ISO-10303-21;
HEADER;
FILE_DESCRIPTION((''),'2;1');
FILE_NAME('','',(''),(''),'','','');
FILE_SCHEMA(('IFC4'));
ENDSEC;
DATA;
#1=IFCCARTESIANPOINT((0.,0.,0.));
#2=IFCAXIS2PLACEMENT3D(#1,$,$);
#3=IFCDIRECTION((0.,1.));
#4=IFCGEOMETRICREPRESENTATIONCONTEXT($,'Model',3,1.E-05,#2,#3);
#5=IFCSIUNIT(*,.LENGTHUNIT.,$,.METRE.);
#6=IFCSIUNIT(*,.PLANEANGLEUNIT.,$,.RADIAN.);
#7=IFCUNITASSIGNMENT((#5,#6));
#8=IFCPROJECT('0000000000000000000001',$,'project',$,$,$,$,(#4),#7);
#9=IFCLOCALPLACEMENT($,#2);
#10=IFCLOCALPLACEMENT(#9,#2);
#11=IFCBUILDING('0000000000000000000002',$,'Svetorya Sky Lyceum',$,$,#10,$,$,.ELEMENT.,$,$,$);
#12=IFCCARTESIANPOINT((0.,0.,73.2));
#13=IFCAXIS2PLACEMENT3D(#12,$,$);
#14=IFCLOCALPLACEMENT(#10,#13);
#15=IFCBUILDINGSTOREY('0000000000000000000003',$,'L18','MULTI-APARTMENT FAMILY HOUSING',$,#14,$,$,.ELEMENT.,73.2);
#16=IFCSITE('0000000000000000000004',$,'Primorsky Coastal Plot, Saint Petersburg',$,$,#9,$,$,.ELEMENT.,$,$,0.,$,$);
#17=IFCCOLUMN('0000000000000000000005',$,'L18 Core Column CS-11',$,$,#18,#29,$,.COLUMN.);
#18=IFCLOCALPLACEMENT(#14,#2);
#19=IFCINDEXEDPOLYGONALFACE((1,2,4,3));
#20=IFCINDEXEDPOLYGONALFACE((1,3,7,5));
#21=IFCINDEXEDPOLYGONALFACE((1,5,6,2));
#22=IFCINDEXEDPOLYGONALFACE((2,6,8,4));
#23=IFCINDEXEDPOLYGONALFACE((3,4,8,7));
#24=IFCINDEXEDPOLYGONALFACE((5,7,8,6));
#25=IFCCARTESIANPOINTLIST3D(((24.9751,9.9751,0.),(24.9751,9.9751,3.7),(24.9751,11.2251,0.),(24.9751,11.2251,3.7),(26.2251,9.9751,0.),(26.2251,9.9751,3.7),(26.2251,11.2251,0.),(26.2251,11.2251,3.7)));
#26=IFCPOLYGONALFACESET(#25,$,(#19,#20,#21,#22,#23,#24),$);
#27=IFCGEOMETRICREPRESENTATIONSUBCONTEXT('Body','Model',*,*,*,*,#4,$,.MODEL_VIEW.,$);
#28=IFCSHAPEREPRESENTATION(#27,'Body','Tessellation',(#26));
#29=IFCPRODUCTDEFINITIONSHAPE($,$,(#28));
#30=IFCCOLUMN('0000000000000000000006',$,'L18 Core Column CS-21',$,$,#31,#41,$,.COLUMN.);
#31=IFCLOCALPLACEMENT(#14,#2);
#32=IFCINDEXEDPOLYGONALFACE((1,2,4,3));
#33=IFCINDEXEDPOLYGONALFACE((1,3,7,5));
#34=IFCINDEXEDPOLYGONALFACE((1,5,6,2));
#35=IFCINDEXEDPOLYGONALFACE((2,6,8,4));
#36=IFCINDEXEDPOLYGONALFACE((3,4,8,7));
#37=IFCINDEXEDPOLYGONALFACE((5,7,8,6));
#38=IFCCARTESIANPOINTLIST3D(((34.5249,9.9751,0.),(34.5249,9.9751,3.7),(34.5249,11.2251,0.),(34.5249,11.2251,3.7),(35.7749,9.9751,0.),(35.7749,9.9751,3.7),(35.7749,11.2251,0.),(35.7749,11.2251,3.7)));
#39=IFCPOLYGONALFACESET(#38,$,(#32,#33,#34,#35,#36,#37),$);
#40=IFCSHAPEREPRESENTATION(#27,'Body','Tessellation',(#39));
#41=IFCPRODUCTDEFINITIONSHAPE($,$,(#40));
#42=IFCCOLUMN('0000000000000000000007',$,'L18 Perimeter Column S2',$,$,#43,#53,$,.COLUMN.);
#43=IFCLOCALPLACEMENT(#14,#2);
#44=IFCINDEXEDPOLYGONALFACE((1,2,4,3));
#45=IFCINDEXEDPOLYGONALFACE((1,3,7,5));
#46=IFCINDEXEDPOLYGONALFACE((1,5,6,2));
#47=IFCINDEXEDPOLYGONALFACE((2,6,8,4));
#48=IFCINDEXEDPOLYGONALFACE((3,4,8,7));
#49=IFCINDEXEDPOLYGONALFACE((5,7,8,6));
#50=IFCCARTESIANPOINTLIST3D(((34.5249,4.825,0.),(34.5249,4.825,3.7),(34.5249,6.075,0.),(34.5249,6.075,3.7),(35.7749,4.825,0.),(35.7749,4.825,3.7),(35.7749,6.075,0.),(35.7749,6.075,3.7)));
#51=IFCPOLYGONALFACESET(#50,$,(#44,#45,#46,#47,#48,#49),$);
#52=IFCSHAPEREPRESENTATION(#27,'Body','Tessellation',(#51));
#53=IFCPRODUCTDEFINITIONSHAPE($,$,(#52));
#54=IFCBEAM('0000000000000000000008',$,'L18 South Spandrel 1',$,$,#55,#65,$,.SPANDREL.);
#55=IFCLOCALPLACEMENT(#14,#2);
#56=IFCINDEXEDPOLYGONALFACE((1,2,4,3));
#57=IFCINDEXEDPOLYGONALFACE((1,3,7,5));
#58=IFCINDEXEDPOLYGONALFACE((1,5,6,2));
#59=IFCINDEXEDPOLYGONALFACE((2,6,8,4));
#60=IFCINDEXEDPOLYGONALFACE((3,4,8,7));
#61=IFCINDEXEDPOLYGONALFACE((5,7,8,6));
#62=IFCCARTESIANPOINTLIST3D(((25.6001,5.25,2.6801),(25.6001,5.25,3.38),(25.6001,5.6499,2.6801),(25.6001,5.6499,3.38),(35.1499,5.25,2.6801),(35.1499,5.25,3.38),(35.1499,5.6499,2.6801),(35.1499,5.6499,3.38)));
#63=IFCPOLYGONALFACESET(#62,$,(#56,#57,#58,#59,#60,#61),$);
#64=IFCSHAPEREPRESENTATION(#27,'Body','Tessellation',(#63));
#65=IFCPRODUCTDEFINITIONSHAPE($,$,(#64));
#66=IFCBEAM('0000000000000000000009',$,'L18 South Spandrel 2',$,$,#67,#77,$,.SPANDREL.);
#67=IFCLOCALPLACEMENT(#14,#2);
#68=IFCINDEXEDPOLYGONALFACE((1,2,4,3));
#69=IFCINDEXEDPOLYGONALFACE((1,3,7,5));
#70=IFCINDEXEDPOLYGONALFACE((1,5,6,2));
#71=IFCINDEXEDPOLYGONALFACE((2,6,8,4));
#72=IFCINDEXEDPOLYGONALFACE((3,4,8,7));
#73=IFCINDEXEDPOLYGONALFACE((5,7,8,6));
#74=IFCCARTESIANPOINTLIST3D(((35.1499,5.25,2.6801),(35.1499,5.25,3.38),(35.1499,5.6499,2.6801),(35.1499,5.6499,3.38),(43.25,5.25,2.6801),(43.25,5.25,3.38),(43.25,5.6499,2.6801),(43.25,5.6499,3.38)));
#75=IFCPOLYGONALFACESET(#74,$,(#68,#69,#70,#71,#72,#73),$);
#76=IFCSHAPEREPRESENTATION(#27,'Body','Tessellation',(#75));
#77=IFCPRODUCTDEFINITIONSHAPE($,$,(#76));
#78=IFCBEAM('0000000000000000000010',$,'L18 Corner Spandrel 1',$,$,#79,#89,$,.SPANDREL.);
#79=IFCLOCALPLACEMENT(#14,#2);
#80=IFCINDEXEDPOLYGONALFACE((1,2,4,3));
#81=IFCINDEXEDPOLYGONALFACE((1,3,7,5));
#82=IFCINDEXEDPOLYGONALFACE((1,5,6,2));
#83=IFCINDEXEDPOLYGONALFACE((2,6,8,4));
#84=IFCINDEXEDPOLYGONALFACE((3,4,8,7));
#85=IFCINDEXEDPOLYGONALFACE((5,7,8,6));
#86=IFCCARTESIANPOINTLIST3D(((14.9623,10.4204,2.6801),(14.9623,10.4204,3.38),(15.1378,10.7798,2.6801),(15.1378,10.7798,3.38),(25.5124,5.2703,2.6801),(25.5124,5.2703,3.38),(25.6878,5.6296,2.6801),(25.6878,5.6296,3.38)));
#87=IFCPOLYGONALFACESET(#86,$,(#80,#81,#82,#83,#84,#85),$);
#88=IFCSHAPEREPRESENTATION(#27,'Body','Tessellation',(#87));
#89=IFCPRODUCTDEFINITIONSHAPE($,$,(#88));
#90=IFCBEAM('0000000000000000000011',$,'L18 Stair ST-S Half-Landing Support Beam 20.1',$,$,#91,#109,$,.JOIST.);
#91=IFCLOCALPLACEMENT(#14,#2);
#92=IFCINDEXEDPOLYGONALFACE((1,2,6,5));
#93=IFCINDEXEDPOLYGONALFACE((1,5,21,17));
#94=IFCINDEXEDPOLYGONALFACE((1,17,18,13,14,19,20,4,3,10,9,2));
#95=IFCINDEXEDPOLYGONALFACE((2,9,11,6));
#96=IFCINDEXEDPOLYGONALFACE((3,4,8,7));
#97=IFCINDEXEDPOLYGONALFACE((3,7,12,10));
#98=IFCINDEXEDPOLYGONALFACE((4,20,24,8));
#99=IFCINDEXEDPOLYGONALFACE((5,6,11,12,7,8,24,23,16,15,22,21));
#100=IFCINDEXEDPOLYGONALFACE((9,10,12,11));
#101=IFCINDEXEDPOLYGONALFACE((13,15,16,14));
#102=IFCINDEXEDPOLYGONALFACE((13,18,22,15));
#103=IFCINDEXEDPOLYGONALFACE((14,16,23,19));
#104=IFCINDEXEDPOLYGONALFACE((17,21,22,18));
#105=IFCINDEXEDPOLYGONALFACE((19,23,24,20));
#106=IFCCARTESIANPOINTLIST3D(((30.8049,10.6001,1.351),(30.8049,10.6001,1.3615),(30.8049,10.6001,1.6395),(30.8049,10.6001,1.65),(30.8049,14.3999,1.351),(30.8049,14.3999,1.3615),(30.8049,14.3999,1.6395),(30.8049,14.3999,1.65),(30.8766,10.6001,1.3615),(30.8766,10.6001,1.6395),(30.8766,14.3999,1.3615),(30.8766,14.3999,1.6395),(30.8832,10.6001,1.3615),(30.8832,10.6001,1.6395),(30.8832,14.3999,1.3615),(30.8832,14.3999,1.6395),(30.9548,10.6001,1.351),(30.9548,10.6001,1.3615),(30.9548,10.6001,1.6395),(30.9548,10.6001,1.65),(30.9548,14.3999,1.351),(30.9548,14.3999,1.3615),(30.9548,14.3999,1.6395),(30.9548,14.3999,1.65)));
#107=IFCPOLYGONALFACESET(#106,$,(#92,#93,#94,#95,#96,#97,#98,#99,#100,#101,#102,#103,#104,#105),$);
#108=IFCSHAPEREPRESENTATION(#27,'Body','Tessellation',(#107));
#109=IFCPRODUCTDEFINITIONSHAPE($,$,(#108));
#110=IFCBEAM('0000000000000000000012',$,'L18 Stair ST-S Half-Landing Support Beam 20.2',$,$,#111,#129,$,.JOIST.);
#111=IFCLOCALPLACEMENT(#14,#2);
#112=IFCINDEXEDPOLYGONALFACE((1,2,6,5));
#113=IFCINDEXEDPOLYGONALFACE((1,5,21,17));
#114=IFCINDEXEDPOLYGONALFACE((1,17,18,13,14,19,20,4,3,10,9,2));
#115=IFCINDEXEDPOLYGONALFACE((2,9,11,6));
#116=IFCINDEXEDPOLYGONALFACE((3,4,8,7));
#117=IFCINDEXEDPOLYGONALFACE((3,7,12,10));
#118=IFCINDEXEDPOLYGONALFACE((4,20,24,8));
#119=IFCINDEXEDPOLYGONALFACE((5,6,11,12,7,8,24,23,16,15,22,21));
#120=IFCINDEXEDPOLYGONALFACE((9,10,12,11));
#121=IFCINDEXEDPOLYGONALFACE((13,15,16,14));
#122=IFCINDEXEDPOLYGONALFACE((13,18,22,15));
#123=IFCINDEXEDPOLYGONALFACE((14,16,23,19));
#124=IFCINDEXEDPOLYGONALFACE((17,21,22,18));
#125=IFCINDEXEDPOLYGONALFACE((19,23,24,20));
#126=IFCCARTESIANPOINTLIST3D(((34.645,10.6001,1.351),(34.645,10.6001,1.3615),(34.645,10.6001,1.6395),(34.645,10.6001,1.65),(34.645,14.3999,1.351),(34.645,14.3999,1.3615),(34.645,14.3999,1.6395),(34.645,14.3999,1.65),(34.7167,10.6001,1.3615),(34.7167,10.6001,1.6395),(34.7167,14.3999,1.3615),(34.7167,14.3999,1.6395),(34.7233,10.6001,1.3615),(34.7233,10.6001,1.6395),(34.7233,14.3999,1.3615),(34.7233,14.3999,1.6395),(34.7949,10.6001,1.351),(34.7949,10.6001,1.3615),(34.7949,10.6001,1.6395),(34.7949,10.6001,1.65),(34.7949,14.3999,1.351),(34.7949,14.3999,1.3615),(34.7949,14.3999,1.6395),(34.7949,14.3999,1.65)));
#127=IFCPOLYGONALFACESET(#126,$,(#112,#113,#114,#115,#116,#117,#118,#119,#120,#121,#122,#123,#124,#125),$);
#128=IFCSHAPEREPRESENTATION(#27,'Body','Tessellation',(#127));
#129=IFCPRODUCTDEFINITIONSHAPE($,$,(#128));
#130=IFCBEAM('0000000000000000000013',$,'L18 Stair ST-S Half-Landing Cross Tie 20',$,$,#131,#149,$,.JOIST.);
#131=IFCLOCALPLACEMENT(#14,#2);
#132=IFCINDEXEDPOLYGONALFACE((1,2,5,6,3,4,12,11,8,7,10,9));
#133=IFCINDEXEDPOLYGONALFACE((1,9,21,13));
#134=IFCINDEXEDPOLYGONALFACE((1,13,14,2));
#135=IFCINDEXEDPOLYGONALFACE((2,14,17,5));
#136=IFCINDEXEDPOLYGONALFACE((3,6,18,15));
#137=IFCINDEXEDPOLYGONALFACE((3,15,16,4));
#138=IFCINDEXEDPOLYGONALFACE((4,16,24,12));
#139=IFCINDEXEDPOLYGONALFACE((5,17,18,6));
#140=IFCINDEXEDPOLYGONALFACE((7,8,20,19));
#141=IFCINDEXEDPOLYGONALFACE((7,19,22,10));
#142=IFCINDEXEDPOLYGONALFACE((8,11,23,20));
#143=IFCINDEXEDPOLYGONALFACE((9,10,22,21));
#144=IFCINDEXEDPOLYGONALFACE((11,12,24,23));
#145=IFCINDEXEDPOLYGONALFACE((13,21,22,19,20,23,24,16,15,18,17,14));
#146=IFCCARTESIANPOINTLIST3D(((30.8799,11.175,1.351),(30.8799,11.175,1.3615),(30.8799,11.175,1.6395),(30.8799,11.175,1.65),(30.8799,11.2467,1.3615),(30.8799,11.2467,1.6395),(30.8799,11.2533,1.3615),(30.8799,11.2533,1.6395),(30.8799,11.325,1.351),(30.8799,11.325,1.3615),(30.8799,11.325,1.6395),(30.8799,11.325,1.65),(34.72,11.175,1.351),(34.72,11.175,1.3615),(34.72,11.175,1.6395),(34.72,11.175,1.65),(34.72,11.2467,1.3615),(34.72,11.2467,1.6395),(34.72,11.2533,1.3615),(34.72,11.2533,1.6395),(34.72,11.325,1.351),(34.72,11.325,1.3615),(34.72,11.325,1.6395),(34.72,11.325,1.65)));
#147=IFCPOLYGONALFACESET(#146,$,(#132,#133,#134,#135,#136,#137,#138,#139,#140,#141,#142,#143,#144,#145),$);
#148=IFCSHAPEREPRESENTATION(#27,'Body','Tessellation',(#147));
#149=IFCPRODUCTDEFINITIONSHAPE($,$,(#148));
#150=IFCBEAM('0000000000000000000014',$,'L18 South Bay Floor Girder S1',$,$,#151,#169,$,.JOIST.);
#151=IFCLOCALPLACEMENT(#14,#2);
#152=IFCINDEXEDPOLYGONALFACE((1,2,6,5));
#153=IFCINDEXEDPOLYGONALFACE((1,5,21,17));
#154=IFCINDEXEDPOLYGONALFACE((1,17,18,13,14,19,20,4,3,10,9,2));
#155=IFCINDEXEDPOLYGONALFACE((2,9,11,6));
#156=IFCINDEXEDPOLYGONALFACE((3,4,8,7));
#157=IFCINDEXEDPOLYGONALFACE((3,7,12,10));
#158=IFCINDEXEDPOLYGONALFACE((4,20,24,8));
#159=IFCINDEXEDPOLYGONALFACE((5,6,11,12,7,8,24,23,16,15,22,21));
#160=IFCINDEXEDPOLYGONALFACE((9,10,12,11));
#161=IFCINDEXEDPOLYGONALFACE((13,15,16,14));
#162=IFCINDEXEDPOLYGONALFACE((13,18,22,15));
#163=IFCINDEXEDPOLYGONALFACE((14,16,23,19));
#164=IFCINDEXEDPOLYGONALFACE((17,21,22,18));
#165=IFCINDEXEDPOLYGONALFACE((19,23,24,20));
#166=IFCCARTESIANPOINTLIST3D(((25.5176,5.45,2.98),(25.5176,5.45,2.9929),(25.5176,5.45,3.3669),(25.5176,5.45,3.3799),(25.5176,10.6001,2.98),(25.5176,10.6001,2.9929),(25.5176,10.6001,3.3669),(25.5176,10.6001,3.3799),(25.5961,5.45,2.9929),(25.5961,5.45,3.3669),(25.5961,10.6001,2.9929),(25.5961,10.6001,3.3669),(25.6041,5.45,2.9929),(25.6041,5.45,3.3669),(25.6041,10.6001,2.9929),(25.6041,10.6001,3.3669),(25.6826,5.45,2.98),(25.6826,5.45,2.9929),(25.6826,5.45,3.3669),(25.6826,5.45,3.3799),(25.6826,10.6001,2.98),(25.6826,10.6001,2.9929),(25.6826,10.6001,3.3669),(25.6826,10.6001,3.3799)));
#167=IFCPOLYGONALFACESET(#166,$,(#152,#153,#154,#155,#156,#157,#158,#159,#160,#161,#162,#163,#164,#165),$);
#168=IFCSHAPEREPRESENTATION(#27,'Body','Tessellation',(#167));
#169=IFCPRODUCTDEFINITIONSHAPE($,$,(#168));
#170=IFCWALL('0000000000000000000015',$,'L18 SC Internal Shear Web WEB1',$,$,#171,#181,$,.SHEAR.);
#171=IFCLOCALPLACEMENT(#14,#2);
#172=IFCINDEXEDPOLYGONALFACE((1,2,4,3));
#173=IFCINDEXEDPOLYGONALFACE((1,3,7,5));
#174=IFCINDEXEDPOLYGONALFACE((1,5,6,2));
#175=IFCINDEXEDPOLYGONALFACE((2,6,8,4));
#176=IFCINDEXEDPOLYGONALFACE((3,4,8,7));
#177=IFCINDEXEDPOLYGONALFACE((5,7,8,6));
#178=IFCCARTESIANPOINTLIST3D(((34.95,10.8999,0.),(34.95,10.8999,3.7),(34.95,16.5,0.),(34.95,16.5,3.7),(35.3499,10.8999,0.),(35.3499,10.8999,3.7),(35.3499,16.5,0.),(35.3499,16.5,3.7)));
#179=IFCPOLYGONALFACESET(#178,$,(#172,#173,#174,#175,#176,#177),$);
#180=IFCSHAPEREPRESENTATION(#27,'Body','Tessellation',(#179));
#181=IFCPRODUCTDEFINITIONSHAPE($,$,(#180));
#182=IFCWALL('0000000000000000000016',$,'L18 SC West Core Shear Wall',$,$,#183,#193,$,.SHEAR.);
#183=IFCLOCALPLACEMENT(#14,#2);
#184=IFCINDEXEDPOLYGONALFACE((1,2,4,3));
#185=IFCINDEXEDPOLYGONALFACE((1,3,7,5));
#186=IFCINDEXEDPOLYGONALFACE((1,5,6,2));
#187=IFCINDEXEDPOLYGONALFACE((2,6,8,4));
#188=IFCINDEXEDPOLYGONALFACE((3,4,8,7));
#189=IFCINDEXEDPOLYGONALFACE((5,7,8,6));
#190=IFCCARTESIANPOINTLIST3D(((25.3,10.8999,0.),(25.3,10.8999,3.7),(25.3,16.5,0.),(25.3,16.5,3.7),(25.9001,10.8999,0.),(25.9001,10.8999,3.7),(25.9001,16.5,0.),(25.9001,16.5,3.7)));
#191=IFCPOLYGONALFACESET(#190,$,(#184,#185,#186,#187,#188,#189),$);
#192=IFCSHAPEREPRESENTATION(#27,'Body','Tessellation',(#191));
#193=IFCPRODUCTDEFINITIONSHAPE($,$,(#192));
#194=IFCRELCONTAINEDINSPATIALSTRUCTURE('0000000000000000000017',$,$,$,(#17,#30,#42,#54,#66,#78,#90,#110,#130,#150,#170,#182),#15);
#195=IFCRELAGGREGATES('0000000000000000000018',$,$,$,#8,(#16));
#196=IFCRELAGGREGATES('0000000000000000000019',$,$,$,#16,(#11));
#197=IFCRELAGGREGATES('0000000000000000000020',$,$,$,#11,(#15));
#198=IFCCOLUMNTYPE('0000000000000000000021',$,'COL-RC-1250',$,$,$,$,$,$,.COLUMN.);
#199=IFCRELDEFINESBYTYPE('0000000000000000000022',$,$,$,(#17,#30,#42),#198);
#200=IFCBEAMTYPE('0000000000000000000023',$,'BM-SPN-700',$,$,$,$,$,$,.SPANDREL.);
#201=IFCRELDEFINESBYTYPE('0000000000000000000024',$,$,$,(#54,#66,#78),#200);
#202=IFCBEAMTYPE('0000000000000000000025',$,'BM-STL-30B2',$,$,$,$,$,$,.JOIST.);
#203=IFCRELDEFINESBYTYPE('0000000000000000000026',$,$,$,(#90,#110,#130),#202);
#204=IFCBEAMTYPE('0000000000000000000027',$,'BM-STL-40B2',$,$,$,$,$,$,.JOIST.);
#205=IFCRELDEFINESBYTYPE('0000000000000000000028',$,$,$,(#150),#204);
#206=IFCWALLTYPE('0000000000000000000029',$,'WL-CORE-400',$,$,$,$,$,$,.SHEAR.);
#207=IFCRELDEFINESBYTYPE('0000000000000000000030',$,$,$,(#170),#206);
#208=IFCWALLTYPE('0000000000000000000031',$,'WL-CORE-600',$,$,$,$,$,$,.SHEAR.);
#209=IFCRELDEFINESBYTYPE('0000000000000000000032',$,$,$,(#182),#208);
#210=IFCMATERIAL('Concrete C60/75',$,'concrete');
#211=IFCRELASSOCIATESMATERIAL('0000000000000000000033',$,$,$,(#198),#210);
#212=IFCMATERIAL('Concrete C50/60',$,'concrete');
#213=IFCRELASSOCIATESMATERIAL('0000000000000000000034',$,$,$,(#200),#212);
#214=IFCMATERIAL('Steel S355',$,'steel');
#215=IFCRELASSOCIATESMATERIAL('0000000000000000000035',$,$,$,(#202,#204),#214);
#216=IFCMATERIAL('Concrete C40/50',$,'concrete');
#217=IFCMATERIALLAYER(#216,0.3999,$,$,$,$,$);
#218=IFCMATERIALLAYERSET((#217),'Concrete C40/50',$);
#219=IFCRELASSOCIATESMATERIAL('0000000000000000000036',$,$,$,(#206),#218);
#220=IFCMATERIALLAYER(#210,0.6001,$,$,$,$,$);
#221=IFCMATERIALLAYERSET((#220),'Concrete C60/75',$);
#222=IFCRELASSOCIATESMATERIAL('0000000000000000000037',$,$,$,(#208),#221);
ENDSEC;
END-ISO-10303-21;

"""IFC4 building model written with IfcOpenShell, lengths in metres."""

from ifc_helpers import new_model, si_unit, direction, frame, frame_2d, origin, origin_2d, place, context, subcontext, project, spatial, rectangle, i_section, extrude, material, layer, layer_set, material_profile, profile_set, type_object, element, save


model = new_model("IFC4")

# Units and contexts
model_context = context("Model", 3, precision=1e-05, world=origin(), true_north=direction((0.0, 1.0)))
body_context = subcontext(model_context, "Body", "Model", "MODEL_VIEW")
ifc_project = project(units=[si_unit("LENGTHUNIT", "METRE"), si_unit("PLANEANGLEUNIT", "RADIAN")], contexts=[model_context])

# Site, building, storey
site_placement = place(None, origin())
site = spatial("IfcSite", under=ifc_project, at=site_placement, Name="Primorsky Coastal Plot, Saint Petersburg", CompositionType="ELEMENT", RefElevation=0.0)
building_placement = place(site_placement, origin())
building = spatial("IfcBuilding", under=site, at=building_placement, Name="Svetorya Sky Lyceum", CompositionType="ELEMENT")
storey_placement = place(building_placement, frame((0.0, 0.0, 73.2)))
storey = spatial("IfcBuildingStorey", under=building, at=storey_placement, Name="L18", Description="MULTI-APARTMENT FAMILY HOUSING", CompositionType="ELEMENT", Elevation=73.2)

# Columns
ifc_material_1 = material(Name="Concrete C60/75", Category="concrete")
ifc_material_profile_1 = material_profile(ifc_material_1, rectangle(XDim=1.25, YDim=1.25, at=origin_2d()), Name="RC COL 1250x1250")
ifc_profile_set_1 = profile_set([ifc_material_profile_1], Name="Concrete C60/75")
column_type = type_object("IfcColumnType", Name="COL-RC-1250", PredefinedType="COLUMN", material=ifc_profile_set_1)
for number, where, z_axis, x_axis, name in (
    (1, (25.6001, 10.6001, 0.0), (0.0, 0.0, 1.0), (1.0, 0.0, 0.0), "L18 Core Column CS-11"),
    (2, (35.1499, 10.6001, 0.0), (0.0, 0.0, 1.0), (1.0, 0.0, 0.0), "L18 Core Column CS-21"),
    (3, (35.1499, 5.45, 0.0), (0.0, 0.0, 1.0), (1.0, 0.0, 0.0), "L18 Perimeter Column S2"),
):
    element("IfcColumn", number, at=place(storey_placement, frame(where, z_axis=z_axis, x_axis=x_axis)), inside=storey, type_object=column_type, Name=name, PredefinedType="COLUMN", context=body_context, shape_type="SweptSolid", body=[
        extrude(rectangle(XDim=1.25, YDim=1.25, at=origin_2d()), origin(), (0.0, 0.0, 1.0), 3.7),
    ])

# Beams
ifc_material_2 = material(Name="Concrete C50/60", Category="concrete")
ifc_material_profile_2 = material_profile(ifc_material_2, rectangle(XDim=0.3999, YDim=0.7, at=origin_2d()), Name="RC SPANDREL 400x700")
ifc_profile_set_2 = profile_set([ifc_material_profile_2], Name="Concrete C50/60")
beam_type_1 = type_object("IfcBeamType", Name="BM-SPN-700", PredefinedType="SPANDREL", material=ifc_profile_set_2)
beam_1_placement = place(storey_placement, frame((25.6001, 5.45, 3.03), z_axis=(1.0, 0.0, 0.0), x_axis=(0.0, 1.0, 0.0)))
element("IfcBeam", 4, at=beam_1_placement, inside=storey, type_object=beam_type_1, Name="L18 South Spandrel 1", PredefinedType="SPANDREL", context=body_context, shape_type="SweptSolid", body=[
    extrude(rectangle(XDim=0.3999, YDim=0.7, at=origin_2d()), origin(), (0.0, 0.0, 1.0), 9.5498),
])
beam_2_placement = place(storey_placement, frame((35.1499, 5.45, 3.03), z_axis=(1.0, 0.0, 0.0), x_axis=(0.0, 1.0, 0.0)))
element("IfcBeam", 5, at=beam_2_placement, inside=storey, type_object=beam_type_1, Name="L18 South Spandrel 2", PredefinedType="SPANDREL", context=body_context, shape_type="SweptSolid", body=[
    extrude(rectangle(XDim=0.3999, YDim=0.7, at=origin_2d()), origin(), (0.0, 0.0, 1.0), 8.1001),
])
beam_3_placement = place(storey_placement, frame((25.6001, 5.45, 3.03), z_axis=(-0.898641, 0.438684, 0.0), x_axis=(-0.438684, -0.898641, 0.0)))
element("IfcBeam", 6, at=beam_3_placement, inside=storey, type_object=beam_type_1, Name="L18 Corner Spandrel 1", PredefinedType="SPANDREL", context=body_context, shape_type="SweptSolid", body=[
    extrude(rectangle(XDim=0.3999, YDim=0.7, at=origin_2d()), origin(), (0.0, 0.0, 1.0), 11.74),
])
ifc_material_3 = material(Name="Steel S355", Category="steel")
ifc_material_profile_3 = material_profile(ifc_material_3, i_section(OverallWidth=0.1499, OverallDepth=0.2991, WebThickness=0.0066, FlangeThickness=0.0105, at=origin_2d()), Name="GOST 30B2")
ifc_profile_set_3 = profile_set([ifc_material_profile_3], Name="Steel S355")
beam_type_2 = type_object("IfcBeamType", Name="BM-STL-30B2", PredefinedType="JOIST", material=ifc_profile_set_3)
for number, where, z_axis, x_axis, name in (
    (7, (30.8799, 10.6001, 1.5005), (0.0, 1.0, 0.0), (-1.0, 0.0, 0.0), "L18 Stair ST-S Half-Landing Support Beam 20.1"),
    (8, (34.72, 10.6001, 1.5005), (0.0, 1.0, 0.0), (-1.0, 0.0, 0.0), "L18 Stair ST-S Half-Landing Support Beam 20.2"),
):
    element("IfcBeam", number, at=place(storey_placement, frame(where, z_axis=z_axis, x_axis=x_axis)), inside=storey, type_object=beam_type_2, Name=name, PredefinedType="JOIST", context=body_context, shape_type="SweptSolid", body=[
        extrude(i_section(OverallWidth=0.1499, OverallDepth=0.2991, WebThickness=0.0066, FlangeThickness=0.0105, at=origin_2d()), origin(), (0.0, 0.0, 1.0), 3.7998),
    ])
beam_4_placement = place(storey_placement, frame((30.8799, 11.25, 1.5005), z_axis=(1.0, 0.0, 0.0), x_axis=(0.0, 1.0, 0.0)))
element("IfcBeam", 9, at=beam_4_placement, inside=storey, type_object=beam_type_2, Name="L18 Stair ST-S Half-Landing Cross Tie 20", PredefinedType="JOIST", context=body_context, shape_type="SweptSolid", body=[
    extrude(i_section(OverallWidth=0.1499, OverallDepth=0.2991, WebThickness=0.0066, FlangeThickness=0.0105, at=origin_2d()), origin(), (0.0, 0.0, 1.0), 3.8401),
])
ifc_material_profile_4 = material_profile(ifc_material_3, i_section(OverallWidth=0.165, OverallDepth=0.3999, WebThickness=0.0081, FlangeThickness=0.0129, at=origin_2d()), Name="GOST 40B2")
ifc_profile_set_4 = profile_set([ifc_material_profile_4], Name="Steel S355")
beam_type_3 = type_object("IfcBeamType", Name="BM-STL-40B2", PredefinedType="JOIST", material=ifc_profile_set_4)
beam_5_placement = place(storey_placement, frame((25.6001, 5.45, 3.1799), z_axis=(0.0, 1.0, 0.0), x_axis=(-1.0, 0.0, 0.0)))
element("IfcBeam", 10, at=beam_5_placement, inside=storey, type_object=beam_type_3, Name="L18 South Bay Floor Girder S1", PredefinedType="JOIST", context=body_context, shape_type="SweptSolid", body=[
    extrude(i_section(OverallWidth=0.165, OverallDepth=0.3999, WebThickness=0.0081, FlangeThickness=0.0129, at=origin_2d()), origin(), (0.0, 0.0, 1.0), 5.1501),
])

# Walls
ifc_material_4 = material(Name="Concrete C40/50", Category="concrete")
ifc_layer_1 = layer(ifc_material_4, 0.3999)
ifc_layer_set_1 = layer_set([ifc_layer_1], Name="Concrete C40/50")
wall_type_1 = type_object("IfcWallType", Name="WL-CORE-400", PredefinedType="SHEAR", material=ifc_layer_set_1)
wall_1_placement = place(storey_placement, frame((35.1499, 10.8999, 0.0), z_axis=(0.0, 0.0, 1.0), x_axis=(0.0, 1.0, 0.0)))
element("IfcWall", 11, at=wall_1_placement, inside=storey, type_object=wall_type_1, Name="L18 SC Internal Shear Web WEB1", PredefinedType="SHEAR", context=body_context, shape_type="SweptSolid", body=[
    extrude(rectangle(XDim=5.6001, YDim=0.3999, at=frame_2d((2.8, 0.0))), origin(), (0.0, 0.0, 1.0), 3.7),
])
ifc_layer_2 = layer(ifc_material_1, 0.6001)
ifc_layer_set_2 = layer_set([ifc_layer_2], Name="Concrete C60/75")
wall_type_2 = type_object("IfcWallType", Name="WL-CORE-600", PredefinedType="SHEAR", material=ifc_layer_set_2)
wall_2_placement = place(storey_placement, frame((25.6001, 10.8999, 0.0), z_axis=(0.0, 0.0, 1.0), x_axis=(0.0, 1.0, 0.0)))
element("IfcWall", 12, at=wall_2_placement, inside=storey, type_object=wall_type_2, Name="L18 SC West Core Shear Wall", PredefinedType="SHEAR", context=body_context, shape_type="SweptSolid", body=[
    extrude(rectangle(XDim=5.6001, YDim=0.6001, at=frame_2d((2.8, 0.0))), origin(), (0.0, 0.0, 1.0), 3.7),
])

save(model, "model.ifc")
